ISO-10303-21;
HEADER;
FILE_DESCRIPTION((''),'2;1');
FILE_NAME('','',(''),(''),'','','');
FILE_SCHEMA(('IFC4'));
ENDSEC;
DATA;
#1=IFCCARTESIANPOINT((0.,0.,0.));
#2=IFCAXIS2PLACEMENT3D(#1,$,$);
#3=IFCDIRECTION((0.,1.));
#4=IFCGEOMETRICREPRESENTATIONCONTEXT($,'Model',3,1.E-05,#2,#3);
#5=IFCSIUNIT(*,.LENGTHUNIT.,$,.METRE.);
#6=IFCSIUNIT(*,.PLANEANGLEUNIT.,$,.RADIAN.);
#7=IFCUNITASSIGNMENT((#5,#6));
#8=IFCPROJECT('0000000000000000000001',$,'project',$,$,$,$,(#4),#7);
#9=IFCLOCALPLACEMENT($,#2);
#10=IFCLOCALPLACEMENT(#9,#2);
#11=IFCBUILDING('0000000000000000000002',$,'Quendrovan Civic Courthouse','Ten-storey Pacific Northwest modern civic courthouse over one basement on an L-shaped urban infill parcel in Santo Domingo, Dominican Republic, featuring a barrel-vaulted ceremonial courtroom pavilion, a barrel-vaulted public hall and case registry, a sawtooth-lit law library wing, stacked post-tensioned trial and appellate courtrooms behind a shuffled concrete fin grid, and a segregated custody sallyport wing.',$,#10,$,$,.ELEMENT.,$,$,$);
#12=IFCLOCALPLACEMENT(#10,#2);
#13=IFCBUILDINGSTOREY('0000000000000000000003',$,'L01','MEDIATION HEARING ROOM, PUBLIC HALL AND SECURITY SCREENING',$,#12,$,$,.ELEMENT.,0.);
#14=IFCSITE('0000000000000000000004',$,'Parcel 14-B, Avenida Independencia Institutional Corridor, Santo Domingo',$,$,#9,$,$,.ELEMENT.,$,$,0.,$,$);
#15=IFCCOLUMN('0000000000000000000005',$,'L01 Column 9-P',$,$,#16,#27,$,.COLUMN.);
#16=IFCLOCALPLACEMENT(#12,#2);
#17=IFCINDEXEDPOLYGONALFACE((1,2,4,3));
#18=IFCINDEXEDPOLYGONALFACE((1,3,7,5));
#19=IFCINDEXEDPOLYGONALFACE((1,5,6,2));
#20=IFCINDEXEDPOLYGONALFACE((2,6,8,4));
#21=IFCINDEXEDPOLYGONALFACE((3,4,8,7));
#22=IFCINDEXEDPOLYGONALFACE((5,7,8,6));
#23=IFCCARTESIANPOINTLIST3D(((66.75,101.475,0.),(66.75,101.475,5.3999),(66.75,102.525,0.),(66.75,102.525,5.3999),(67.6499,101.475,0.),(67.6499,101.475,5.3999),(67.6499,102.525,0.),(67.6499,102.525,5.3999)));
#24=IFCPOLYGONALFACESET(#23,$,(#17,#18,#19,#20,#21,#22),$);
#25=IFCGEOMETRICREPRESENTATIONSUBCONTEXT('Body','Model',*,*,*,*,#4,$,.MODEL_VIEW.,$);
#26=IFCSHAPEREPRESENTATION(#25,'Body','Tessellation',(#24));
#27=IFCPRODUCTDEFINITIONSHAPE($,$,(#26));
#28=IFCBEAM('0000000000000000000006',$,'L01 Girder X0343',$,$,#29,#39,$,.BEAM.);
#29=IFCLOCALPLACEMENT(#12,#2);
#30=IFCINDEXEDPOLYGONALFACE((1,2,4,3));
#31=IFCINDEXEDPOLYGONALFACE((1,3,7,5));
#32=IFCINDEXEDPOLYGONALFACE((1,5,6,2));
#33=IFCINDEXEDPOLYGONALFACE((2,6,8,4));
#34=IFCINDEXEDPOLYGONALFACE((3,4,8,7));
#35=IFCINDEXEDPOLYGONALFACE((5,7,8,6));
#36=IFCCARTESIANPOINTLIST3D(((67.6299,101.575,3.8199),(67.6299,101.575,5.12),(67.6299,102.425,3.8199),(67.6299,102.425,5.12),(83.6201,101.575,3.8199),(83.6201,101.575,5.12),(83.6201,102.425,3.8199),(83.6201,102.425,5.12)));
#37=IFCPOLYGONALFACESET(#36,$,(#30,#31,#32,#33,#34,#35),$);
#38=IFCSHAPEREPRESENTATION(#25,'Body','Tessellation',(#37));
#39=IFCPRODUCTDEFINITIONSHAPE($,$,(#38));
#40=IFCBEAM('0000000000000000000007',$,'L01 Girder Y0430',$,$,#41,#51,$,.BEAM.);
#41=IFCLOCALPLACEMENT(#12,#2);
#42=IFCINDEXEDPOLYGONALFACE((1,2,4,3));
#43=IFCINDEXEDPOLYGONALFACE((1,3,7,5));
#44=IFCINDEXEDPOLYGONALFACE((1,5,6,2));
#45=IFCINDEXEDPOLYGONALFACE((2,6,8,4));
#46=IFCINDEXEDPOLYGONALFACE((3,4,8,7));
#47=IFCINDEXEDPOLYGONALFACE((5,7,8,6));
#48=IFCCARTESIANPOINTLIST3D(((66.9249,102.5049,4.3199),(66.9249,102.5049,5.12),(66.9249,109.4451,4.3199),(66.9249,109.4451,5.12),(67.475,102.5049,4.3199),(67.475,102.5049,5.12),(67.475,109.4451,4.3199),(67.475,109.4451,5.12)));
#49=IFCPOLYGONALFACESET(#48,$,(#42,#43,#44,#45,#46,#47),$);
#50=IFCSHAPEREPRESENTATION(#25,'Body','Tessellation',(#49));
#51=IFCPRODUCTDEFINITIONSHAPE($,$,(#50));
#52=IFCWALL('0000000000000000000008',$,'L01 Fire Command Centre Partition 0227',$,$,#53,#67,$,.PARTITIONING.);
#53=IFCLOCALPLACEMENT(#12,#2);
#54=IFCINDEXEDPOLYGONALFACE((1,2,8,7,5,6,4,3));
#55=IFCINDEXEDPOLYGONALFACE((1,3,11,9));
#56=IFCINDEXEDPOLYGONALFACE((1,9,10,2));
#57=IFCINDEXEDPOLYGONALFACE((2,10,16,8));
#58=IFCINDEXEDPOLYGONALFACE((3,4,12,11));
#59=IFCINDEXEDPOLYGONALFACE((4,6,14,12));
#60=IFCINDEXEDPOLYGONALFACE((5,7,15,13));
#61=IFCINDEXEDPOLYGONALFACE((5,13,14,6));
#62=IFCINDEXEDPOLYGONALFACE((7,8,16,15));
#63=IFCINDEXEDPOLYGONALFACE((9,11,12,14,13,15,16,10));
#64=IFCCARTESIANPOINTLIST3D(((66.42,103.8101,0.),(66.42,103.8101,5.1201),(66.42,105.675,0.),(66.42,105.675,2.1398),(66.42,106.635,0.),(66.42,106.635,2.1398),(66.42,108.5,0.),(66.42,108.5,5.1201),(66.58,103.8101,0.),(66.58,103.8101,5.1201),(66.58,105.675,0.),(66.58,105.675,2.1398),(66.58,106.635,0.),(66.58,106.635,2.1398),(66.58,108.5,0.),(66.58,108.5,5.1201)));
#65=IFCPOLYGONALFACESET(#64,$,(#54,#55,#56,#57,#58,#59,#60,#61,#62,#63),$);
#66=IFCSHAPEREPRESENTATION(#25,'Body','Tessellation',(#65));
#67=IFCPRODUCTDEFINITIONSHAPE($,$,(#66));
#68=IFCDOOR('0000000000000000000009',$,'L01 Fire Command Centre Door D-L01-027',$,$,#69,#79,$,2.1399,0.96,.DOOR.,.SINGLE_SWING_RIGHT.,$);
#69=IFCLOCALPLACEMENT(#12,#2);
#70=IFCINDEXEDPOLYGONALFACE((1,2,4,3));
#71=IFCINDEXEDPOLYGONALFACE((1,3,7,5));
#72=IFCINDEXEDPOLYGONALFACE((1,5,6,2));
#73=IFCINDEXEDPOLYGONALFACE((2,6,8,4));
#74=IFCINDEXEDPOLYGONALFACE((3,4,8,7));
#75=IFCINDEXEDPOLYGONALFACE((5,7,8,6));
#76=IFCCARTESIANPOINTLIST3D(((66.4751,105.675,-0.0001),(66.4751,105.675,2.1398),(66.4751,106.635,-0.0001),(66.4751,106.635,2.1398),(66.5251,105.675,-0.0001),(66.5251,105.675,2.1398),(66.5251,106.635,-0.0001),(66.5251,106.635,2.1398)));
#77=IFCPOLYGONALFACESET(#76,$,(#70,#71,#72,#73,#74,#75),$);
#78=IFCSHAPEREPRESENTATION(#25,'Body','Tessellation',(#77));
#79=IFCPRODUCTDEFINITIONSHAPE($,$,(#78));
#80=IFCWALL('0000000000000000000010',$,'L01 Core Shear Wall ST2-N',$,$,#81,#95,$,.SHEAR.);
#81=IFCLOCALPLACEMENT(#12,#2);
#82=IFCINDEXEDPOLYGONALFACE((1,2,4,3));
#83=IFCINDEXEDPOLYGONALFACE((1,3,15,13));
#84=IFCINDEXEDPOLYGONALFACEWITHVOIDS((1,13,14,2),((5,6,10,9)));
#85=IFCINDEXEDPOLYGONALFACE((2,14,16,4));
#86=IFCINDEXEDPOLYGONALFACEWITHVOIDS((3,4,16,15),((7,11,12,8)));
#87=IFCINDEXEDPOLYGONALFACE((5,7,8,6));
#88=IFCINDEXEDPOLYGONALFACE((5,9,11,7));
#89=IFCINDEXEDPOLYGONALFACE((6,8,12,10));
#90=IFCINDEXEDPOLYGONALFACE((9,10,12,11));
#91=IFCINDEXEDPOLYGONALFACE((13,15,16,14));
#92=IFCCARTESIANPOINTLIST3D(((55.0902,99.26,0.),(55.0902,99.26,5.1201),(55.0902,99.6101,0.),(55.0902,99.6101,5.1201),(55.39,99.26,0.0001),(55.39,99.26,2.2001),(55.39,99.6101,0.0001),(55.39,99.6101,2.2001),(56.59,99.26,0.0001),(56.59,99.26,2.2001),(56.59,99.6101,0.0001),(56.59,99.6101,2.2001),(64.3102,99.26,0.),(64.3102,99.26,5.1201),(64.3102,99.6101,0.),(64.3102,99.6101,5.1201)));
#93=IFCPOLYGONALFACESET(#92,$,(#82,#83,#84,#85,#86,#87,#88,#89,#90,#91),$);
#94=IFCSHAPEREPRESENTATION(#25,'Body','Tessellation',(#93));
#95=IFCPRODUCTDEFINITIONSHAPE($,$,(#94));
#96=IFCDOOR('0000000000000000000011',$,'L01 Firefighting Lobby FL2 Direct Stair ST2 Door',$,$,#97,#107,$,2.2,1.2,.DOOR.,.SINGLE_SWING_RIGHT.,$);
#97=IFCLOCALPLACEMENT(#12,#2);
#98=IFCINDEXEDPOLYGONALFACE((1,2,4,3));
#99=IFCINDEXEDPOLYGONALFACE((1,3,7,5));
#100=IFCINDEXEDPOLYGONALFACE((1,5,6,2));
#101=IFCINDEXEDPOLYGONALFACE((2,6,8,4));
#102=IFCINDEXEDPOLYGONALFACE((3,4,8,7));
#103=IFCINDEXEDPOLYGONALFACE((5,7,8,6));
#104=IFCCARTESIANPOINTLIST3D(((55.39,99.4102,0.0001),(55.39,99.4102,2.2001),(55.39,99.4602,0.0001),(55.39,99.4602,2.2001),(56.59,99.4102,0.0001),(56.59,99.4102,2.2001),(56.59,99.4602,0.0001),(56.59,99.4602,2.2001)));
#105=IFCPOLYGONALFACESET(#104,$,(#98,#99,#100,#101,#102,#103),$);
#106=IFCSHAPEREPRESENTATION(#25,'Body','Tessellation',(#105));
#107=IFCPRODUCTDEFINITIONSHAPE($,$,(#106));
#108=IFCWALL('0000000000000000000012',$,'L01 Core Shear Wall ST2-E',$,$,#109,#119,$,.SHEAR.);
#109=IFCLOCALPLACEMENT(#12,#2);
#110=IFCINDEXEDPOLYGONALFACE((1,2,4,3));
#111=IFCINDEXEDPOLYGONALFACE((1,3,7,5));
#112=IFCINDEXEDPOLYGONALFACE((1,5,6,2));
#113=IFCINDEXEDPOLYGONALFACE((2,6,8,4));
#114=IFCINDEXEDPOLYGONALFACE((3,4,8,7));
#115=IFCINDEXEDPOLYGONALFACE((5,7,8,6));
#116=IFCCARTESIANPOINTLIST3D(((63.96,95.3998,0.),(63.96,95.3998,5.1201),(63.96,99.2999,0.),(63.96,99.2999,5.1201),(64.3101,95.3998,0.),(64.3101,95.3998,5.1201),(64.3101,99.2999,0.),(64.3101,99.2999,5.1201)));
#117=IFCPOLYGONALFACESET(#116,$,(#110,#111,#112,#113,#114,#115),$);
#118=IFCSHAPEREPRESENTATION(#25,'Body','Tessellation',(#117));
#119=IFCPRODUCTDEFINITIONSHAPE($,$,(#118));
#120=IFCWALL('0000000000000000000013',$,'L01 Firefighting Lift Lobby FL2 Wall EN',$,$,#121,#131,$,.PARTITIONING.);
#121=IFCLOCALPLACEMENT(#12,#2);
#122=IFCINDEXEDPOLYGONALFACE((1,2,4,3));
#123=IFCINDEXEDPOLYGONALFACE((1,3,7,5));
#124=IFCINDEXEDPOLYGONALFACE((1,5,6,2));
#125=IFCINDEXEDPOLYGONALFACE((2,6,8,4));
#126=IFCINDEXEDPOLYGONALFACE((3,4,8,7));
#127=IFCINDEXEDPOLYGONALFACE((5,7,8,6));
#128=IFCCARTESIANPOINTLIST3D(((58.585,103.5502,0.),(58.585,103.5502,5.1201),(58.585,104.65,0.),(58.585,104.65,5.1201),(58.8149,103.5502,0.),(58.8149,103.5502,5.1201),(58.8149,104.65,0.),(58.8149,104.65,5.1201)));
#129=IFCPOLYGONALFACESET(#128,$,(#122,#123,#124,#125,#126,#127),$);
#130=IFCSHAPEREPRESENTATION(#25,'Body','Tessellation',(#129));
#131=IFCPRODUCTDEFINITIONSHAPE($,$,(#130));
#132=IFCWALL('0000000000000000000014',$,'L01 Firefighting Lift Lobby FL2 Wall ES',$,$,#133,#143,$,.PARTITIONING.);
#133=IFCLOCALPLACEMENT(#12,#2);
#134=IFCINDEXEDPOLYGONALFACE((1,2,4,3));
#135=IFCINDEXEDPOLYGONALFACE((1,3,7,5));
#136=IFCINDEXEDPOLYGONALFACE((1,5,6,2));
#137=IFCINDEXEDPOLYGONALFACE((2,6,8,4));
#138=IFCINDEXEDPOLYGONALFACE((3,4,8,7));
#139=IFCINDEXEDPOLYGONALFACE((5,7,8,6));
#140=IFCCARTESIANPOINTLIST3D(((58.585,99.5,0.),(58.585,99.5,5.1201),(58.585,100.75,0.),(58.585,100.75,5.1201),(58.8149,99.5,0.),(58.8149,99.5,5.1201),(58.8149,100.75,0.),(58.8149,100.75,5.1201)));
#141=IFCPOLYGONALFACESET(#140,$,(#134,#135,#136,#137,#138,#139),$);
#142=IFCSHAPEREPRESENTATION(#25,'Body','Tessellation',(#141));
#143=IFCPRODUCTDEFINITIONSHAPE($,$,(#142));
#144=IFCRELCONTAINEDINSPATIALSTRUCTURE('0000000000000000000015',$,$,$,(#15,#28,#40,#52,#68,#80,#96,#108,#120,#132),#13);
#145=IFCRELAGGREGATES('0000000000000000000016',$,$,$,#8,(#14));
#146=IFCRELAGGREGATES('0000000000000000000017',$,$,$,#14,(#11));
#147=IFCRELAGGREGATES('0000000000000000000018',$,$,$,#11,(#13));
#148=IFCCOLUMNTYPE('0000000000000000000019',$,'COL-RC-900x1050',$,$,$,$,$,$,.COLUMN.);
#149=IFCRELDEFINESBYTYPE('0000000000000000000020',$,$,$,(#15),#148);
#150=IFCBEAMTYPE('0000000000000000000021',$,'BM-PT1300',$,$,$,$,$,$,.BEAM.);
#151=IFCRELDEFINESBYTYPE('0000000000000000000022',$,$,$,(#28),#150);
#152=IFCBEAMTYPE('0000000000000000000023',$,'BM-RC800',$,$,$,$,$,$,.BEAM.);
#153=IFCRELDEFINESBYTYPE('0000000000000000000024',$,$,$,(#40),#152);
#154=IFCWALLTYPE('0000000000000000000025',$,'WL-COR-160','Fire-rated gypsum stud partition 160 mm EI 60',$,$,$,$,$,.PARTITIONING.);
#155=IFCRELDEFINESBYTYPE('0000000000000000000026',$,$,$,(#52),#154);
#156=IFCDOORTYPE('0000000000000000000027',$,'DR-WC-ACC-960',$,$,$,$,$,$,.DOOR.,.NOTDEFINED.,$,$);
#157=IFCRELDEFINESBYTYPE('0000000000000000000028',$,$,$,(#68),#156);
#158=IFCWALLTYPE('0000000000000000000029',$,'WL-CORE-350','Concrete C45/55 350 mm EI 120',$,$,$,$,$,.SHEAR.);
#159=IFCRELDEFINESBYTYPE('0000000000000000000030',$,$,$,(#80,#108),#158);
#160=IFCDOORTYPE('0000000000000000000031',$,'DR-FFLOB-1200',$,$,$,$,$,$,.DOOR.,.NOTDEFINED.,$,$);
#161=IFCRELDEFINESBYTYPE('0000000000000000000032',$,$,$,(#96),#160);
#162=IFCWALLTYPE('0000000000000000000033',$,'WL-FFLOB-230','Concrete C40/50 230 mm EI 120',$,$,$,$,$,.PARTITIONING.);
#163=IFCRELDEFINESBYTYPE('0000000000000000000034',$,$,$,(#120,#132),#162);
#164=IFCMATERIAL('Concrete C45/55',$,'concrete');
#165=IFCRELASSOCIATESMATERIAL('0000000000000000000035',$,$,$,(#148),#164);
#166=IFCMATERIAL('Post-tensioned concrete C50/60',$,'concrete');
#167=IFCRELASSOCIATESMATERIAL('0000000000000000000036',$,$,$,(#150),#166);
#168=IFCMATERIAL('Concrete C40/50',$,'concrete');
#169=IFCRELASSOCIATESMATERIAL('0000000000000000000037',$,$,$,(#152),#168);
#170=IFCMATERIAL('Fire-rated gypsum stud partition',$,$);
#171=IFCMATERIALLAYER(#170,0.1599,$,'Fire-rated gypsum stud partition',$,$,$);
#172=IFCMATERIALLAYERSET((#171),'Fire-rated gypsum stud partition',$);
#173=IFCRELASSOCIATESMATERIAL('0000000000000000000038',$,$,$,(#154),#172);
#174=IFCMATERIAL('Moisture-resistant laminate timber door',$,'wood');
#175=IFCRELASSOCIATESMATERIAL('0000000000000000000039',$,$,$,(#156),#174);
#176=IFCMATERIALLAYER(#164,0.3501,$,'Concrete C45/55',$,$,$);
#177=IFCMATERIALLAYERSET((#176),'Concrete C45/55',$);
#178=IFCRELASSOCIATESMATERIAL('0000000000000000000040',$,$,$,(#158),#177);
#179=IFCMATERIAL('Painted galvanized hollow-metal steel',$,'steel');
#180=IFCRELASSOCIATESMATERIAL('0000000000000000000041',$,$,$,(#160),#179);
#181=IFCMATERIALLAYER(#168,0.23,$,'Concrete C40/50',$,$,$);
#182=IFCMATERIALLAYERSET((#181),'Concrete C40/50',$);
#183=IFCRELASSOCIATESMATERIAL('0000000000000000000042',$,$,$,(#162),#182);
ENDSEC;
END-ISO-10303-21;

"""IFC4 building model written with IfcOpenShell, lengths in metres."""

from ifc_helpers import new_model, si_unit, direction, frame, frame_2d, origin, origin_2d, place, context, subcontext, project, spatial, rectangle, extrude, material, layer, layer_set, material_profile, profile_set, type_object, element, fill, save


model = new_model("IFC4")

# Units and contexts
model_context = context("Model", 3, precision=1e-05, world=origin(), true_north=direction((0.0, 1.0)))
body_context = subcontext(model_context, "Body", "Model", "MODEL_VIEW")
ifc_project = project(units=[si_unit("LENGTHUNIT", "METRE"), si_unit("PLANEANGLEUNIT", "RADIAN")], contexts=[model_context])

# Site, building, storey
site_placement = place(None, origin())
site = spatial("IfcSite", under=ifc_project, at=site_placement, Name="Parcel 14-B, Avenida Independencia Institutional Corridor, Santo Domingo", CompositionType="ELEMENT", RefElevation=0.0)
building_placement = place(site_placement, origin())
building = spatial("IfcBuilding", under=site, at=building_placement, Name="Quendrovan Civic Courthouse", Description="Ten-storey Pacific Northwest modern civic courthouse over one basement on an L-shaped urban infill parcel in Santo Domingo, Dominican Republic, featuring a barrel-vaulted ceremonial courtroom pavilion, a barrel-vaulted public hall and case registry, a sawtooth-lit law library wing, stacked post-tensioned trial and appellate courtrooms behind a shuffled concrete fin grid, and a segregated custody sallyport wing.", CompositionType="ELEMENT")
storey_placement = place(building_placement, origin())
storey = spatial("IfcBuildingStorey", under=building, at=storey_placement, Name="L01", Description="MEDIATION HEARING ROOM, PUBLIC HALL AND SECURITY SCREENING", CompositionType="ELEMENT", Elevation=0.0)

# Column
ifc_material_1 = material(Name="Concrete C45/55", Category="concrete")
ifc_material_profile_1 = material_profile(ifc_material_1, rectangle(XDim=0.8999, YDim=1.05, at=origin_2d()), Name="RC-COL-900x1050")
ifc_profile_set_1 = profile_set([ifc_material_profile_1], Name="Concrete C45/55")
column_type = type_object("IfcColumnType", Name="COL-RC-900x1050", PredefinedType="COLUMN", material=ifc_profile_set_1)
column_placement = place(storey_placement, frame((67.2, 102.0, 0.0), z_axis=(0.0, 0.0, 1.0), x_axis=(1.0, 0.0, 0.0)))
element("IfcColumn", 1, at=column_placement, inside=storey, type_object=column_type, Name="L01 Column 9-P", PredefinedType="COLUMN", context=body_context, shape_type="SweptSolid", body=[
    extrude(rectangle(XDim=0.8999, YDim=1.05, at=origin_2d()), origin(), (0.0, 0.0, 1.0), 5.3999),
])

# Beams
ifc_material_2 = material(Name="Post-tensioned concrete C50/60", Category="concrete")
ifc_material_profile_2 = material_profile(ifc_material_2, rectangle(XDim=0.8501, YDim=1.3, at=origin_2d()), Name="PT-GRD-850x1300")
ifc_profile_set_2 = profile_set([ifc_material_profile_2], Name="Post-tensioned concrete C50/60")
beam_type_1 = type_object("IfcBeamType", Name="BM-PT1300", PredefinedType="BEAM", material=ifc_profile_set_2)
beam_1_placement = place(storey_placement, frame((67.6299, 102.0, 4.47), z_axis=(1.0, 0.0, 0.0), x_axis=(0.0, 1.0, 0.0)))
element("IfcBeam", 2, at=beam_1_placement, inside=storey, type_object=beam_type_1, Name="L01 Girder X0343", PredefinedType="BEAM", context=body_context, shape_type="SweptSolid", body=[
    extrude(rectangle(XDim=0.8501, YDim=1.3, at=origin_2d()), origin(), (0.0, 0.0, 1.0), 15.9902),
])
ifc_material_3 = material(Name="Concrete C40/50", Category="concrete")
ifc_material_profile_3 = material_profile(ifc_material_3, rectangle(XDim=0.55, YDim=0.8, at=origin_2d()), Name="RC-BM-550x800")
ifc_profile_set_3 = profile_set([ifc_material_profile_3], Name="Concrete C40/50")
beam_type_2 = type_object("IfcBeamType", Name="BM-RC800", PredefinedType="BEAM", material=ifc_profile_set_3)
beam_2_placement = place(storey_placement, frame((67.2, 102.5049, 4.72), z_axis=(0.0, 1.0, 0.0), x_axis=(-1.0, 0.0, 0.0)))
element("IfcBeam", 3, at=beam_2_placement, inside=storey, type_object=beam_type_2, Name="L01 Girder Y0430", PredefinedType="BEAM", context=body_context, shape_type="SweptSolid", body=[
    extrude(rectangle(XDim=0.55, YDim=0.8, at=origin_2d()), origin(), (0.0, 0.0, 1.0), 6.9402),
])

# Walls, openings, doors
ifc_material_4 = material(Name="Fire-rated gypsum stud partition")
ifc_layer_1 = layer(ifc_material_4, 0.1599, Name="Fire-rated gypsum stud partition")
ifc_layer_set_1 = layer_set([ifc_layer_1], Name="Fire-rated gypsum stud partition")
wall_type_1 = type_object("IfcWallType", Name="WL-COR-160", Description="Fire-rated gypsum stud partition 160 mm EI 60", PredefinedType="PARTITIONING", material=ifc_layer_set_1)
wall_1_placement = place(storey_placement, frame((66.5, 103.8101, 0.0), z_axis=(0.0, 0.0, 1.0), x_axis=(0.0, 1.0, 0.0)))
wall_1 = element("IfcWall", 4, at=wall_1_placement, inside=storey, type_object=wall_type_1, Name="L01 Fire Command Centre Partition 0227", PredefinedType="PARTITIONING", context=body_context, shape_type="SweptSolid", body=[
    extrude(rectangle(XDim=4.6899, YDim=0.1599, at=frame_2d((2.345, 0.0))), origin(), (0.0, 0.0, 1.0), 5.1201),
])
opening_1_placement = place(wall_1_placement, frame((1.865, 0.0, 0.0)))
opening_1 = element("IfcOpeningElement", 5, at=opening_1_placement, cuts=wall_1, PredefinedType="OPENING", context=body_context, shape_type="SweptSolid", body=[
    extrude(rectangle(XDim=0.96, YDim=2.1399, at=frame_2d((0.48, 1.0698))), frame((0.0, 0.0898, 0.0), z_axis=(0.0, -1.0, 0.0), x_axis=(1.0, 0.0, 0.0)), (0.0, 0.0, 1.0), 0.1799),
])
ifc_material_5 = material(Name="Moisture-resistant laminate timber door", Category="wood")
door_type_1 = type_object("IfcDoorType", Name="DR-WC-ACC-960", OperationType="NOTDEFINED", PredefinedType="DOOR", material=ifc_material_5)
door_1_placement = place(opening_1_placement, origin())
door_1 = element("IfcDoor", 6, at=door_1_placement, inside=storey, type_object=door_type_1, Name="L01 Fire Command Centre Door D-L01-027", OperationType="SINGLE_SWING_RIGHT", OverallHeight=2.1399, OverallWidth=0.96, PredefinedType="DOOR", context=body_context, shape_type="SweptSolid", body=[
    extrude(rectangle(XDim=0.96, YDim=2.1399, at=frame_2d((0.48, 1.0698))), frame((0.0, 0.0249, 0.0), z_axis=(0.0, -1.0, 0.0), x_axis=(1.0, 0.0, 0.0)), (0.0, 0.0, 1.0), 0.05),
])
fill(opening_1, door_1)
ifc_layer_2 = layer(ifc_material_1, 0.3501, Name="Concrete C45/55")
ifc_layer_set_2 = layer_set([ifc_layer_2], Name="Concrete C45/55")
wall_type_2 = type_object("IfcWallType", Name="WL-CORE-350", Description="Concrete C45/55 350 mm EI 120", PredefinedType="SHEAR", material=ifc_layer_set_2)
wall_2_placement = place(storey_placement, frame((64.3101, 99.4351, 0.0), z_axis=(0.0, 0.0, 1.0), x_axis=(-1.0, 0.0, 0.0)))
wall_2 = element("IfcWall", 7, at=wall_2_placement, inside=storey, type_object=wall_type_2, Name="L01 Core Shear Wall ST2-N", PredefinedType="SHEAR", context=body_context, shape_type="SweptSolid", body=[
    extrude(rectangle(XDim=9.22, YDim=0.3501, at=frame_2d((4.6099, 0.0))), origin(), (0.0, 0.0, 1.0), 5.1201),
])
opening_2_placement = place(wall_2_placement, frame((7.72, 0.0, 0.0)))
opening_2 = element("IfcOpeningElement", 8, at=opening_2_placement, cuts=wall_2, PredefinedType="OPENING", context=body_context, shape_type="SweptSolid", body=[
    extrude(rectangle(XDim=1.2, YDim=2.2, at=frame_2d((0.6001, 1.1001))), frame((0.0, 0.1851, 0.0), z_axis=(0.0, -1.0, 0.0), x_axis=(1.0, 0.0, 0.0)), (0.0, 0.0, 1.0), 0.3701),
])
ifc_material_6 = material(Name="Painted galvanized hollow-metal steel", Category="steel")
door_type_2 = type_object("IfcDoorType", Name="DR-FFLOB-1200", OperationType="NOTDEFINED", PredefinedType="DOOR", material=ifc_material_6)
door_2_placement = place(opening_2_placement, origin())
door_2 = element("IfcDoor", 9, at=door_2_placement, inside=storey, type_object=door_type_2, Name="L01 Firefighting Lobby FL2 Direct Stair ST2 Door", OperationType="SINGLE_SWING_RIGHT", OverallHeight=2.2, OverallWidth=1.2, PredefinedType="DOOR", context=body_context, shape_type="SweptSolid", body=[
    extrude(rectangle(XDim=1.2, YDim=2.2, at=frame_2d((0.6001, 1.1001))), frame((0.0, 0.0249, 0.0), z_axis=(0.0, -1.0, 0.0), x_axis=(1.0, 0.0, 0.0)), (0.0, 0.0, 1.0), 0.05),
])
fill(opening_2, door_2)

# Walls
wall_3_placement = place(storey_placement, frame((64.135, 99.3, 0.0), z_axis=(0.0, 0.0, 1.0), x_axis=(0.0, -1.0, 0.0)))
element("IfcWall", 10, at=wall_3_placement, inside=storey, type_object=wall_type_2, Name="L01 Core Shear Wall ST2-E", PredefinedType="SHEAR", context=body_context, shape_type="SweptSolid", body=[
    extrude(rectangle(XDim=3.9001, YDim=0.3501, at=frame_2d((1.9502, 0.0))), origin(), (0.0, 0.0, 1.0), 5.1201),
])
ifc_layer_3 = layer(ifc_material_3, 0.23, Name="Concrete C40/50")
ifc_layer_set_3 = layer_set([ifc_layer_3], Name="Concrete C40/50")
wall_type_3 = type_object("IfcWallType", Name="WL-FFLOB-230", Description="Concrete C40/50 230 mm EI 120", PredefinedType="PARTITIONING", material=ifc_layer_set_3)
wall_4_placement = place(storey_placement, frame((58.7, 104.6499, 0.0), z_axis=(0.0, 0.0, 1.0), x_axis=(0.0, -1.0, 0.0)))
element("IfcWall", 11, at=wall_4_placement, inside=storey, type_object=wall_type_3, Name="L01 Firefighting Lift Lobby FL2 Wall EN", PredefinedType="PARTITIONING", context=body_context, shape_type="SweptSolid", body=[
    extrude(rectangle(XDim=1.0999, YDim=0.23, at=frame_2d((0.5498, 0.0))), origin(), (0.0, 0.0, 1.0), 5.1201),
])
wall_5_placement = place(storey_placement, frame((58.7, 100.75, 0.0), z_axis=(0.0, 0.0, 1.0), x_axis=(0.0, -1.0, 0.0)))
element("IfcWall", 12, at=wall_5_placement, inside=storey, type_object=wall_type_3, Name="L01 Firefighting Lift Lobby FL2 Wall ES", PredefinedType="PARTITIONING", context=body_context, shape_type="SweptSolid", body=[
    extrude(rectangle(XDim=1.25, YDim=0.23, at=frame_2d((0.625, 0.0))), origin(), (0.0, 0.0, 1.0), 5.1201),
])

save(model, "model.ifc")
